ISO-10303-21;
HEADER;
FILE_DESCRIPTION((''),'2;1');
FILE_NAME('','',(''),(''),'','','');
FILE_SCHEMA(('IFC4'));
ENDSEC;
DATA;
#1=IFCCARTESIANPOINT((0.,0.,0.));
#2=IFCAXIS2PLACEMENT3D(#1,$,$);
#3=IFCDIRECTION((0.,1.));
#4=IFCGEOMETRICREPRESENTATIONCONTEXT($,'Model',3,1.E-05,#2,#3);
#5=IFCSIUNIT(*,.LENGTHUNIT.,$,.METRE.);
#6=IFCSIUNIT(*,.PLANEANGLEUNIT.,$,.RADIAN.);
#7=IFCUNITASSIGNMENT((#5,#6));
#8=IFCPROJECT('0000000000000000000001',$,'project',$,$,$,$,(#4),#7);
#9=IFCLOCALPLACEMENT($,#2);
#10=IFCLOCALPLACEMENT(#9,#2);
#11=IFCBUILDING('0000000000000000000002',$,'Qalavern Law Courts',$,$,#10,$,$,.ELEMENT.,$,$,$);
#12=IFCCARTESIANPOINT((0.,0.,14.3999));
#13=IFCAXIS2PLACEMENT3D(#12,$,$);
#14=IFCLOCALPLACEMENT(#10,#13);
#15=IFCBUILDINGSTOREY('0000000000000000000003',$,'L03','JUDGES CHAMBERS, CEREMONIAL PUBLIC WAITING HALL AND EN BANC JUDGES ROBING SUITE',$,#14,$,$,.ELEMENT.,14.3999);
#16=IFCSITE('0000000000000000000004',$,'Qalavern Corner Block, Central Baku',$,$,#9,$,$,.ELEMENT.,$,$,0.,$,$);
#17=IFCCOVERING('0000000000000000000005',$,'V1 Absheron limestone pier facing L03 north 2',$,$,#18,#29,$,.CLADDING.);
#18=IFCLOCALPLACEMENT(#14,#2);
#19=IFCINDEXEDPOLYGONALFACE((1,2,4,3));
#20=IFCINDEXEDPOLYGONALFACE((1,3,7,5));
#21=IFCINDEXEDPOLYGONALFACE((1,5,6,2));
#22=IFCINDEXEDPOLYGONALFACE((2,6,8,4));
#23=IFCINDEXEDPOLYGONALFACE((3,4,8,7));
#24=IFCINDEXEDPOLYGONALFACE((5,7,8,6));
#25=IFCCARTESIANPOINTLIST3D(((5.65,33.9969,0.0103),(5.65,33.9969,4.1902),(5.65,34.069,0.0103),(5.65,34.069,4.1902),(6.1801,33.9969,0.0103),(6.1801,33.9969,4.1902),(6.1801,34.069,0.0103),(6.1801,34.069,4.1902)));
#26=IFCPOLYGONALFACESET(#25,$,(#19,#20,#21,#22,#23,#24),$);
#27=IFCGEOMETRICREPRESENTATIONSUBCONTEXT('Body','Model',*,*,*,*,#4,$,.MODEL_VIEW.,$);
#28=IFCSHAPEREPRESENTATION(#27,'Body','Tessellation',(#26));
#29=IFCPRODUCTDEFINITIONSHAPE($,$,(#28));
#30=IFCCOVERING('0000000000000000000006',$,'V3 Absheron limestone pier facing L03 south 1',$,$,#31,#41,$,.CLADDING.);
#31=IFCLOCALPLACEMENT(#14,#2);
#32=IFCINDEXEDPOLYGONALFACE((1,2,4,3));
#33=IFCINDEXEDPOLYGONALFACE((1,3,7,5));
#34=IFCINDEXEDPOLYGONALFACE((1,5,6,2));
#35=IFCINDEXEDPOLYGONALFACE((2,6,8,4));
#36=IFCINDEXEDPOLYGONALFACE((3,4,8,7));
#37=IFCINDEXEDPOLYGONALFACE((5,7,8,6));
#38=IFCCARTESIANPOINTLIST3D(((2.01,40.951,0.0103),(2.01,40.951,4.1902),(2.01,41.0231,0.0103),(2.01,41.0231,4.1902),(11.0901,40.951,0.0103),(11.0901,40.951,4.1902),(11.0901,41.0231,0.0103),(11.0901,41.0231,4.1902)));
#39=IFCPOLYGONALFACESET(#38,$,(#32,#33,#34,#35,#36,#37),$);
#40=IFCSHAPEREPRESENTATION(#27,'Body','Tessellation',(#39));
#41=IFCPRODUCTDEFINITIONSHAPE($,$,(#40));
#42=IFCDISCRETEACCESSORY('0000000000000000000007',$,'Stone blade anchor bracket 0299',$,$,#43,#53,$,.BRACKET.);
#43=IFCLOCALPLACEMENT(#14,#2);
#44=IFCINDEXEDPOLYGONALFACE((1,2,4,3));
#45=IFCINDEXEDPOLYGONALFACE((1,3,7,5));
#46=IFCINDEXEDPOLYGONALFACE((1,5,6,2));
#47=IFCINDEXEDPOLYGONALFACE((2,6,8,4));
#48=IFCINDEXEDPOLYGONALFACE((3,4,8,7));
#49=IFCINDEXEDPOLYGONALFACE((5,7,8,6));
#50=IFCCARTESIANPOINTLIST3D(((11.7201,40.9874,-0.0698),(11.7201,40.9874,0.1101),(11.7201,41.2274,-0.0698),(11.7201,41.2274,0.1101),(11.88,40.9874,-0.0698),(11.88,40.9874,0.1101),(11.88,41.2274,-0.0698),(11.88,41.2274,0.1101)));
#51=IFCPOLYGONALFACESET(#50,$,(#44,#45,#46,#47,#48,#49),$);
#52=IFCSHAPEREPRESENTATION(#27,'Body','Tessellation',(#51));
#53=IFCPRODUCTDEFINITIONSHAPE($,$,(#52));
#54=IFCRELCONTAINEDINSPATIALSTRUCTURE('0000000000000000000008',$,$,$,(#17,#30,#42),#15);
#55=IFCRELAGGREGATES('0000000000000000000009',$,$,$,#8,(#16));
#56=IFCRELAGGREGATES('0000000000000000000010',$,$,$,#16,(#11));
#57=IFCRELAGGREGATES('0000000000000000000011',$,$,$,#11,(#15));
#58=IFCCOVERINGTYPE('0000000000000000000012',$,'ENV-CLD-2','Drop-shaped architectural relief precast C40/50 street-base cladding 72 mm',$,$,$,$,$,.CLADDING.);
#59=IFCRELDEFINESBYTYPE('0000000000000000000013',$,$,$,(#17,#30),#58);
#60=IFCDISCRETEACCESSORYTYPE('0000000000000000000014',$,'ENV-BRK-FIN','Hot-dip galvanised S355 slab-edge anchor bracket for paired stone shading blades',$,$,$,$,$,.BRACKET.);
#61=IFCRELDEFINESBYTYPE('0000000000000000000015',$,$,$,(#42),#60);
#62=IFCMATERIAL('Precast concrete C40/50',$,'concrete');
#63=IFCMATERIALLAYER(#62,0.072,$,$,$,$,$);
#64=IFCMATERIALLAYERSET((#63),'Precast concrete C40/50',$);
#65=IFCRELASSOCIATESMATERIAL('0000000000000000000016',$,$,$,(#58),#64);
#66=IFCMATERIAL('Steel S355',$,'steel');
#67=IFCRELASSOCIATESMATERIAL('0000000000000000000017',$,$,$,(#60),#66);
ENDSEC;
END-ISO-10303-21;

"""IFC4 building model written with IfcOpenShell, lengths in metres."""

from ifc_helpers import new_model, si_unit, direction, frame, origin, origin_2d, place, context, subcontext, project, spatial, rectangle, extrude, material, layer, layer_set, type_object, element, save


model = new_model("IFC4")

# Units and contexts
model_context = context("Model", 3, precision=1e-05, world=origin(), true_north=direction((0.0, 1.0)))
body_context = subcontext(model_context, "Body", "Model", "MODEL_VIEW")
ifc_project = project(units=[si_unit("LENGTHUNIT", "METRE"), si_unit("PLANEANGLEUNIT", "RADIAN")], contexts=[model_context])

# Site, building, storey
site_placement = place(None, origin())
site = spatial("IfcSite", under=ifc_project, at=site_placement, Name="Qalavern Corner Block, Central Baku", CompositionType="ELEMENT", RefElevation=0.0)
building_placement = place(site_placement, origin())
building = spatial("IfcBuilding", under=site, at=building_placement, Name="Qalavern Law Courts", CompositionType="ELEMENT")
storey_placement = place(building_placement, frame((0.0, 0.0, 14.3999)))
storey = spatial("IfcBuildingStorey", under=building, at=storey_placement, Name="L03", Description="JUDGES CHAMBERS, CEREMONIAL PUBLIC WAITING HALL AND EN BANC JUDGES ROBING SUITE", CompositionType="ELEMENT", Elevation=14.3999)

# Coverings
ifc_material_1 = material(Name="Precast concrete C40/50", Category="concrete")
ifc_layer_1 = layer(ifc_material_1, 0.072)
ifc_layer_set_1 = layer_set([ifc_layer_1], Name="Precast concrete C40/50")
covering_type_1 = type_object("IfcCoveringType", Name="ENV-CLD-2", Description="Drop-shaped architectural relief precast C40/50 street-base cladding 72 mm", PredefinedType="CLADDING", material=ifc_layer_set_1)
covering_1_placement = place(storey_placement, frame((5.915, 34.033, 0.0103), z_axis=(0.0, 0.0, 1.0), x_axis=(-1.0, 0.0, 0.0)))
element("IfcCovering", 1, at=covering_1_placement, inside=storey, type_object=covering_type_1, Name="V1 Absheron limestone pier facing L03 north 2", PredefinedType="CLADDING", context=body_context, shape_type="SweptSolid", body=[
    extrude(rectangle(XDim=0.53, YDim=0.072, at=origin_2d()), origin(), (0.0, 0.0, 1.0), 4.1799),
])
covering_2_placement = place(storey_placement, frame((6.55, 40.9871, 0.0103), z_axis=(0.0, 0.0, 1.0), x_axis=(1.0, 0.0, 0.0)))
element("IfcCovering", 2, at=covering_2_placement, inside=storey, type_object=covering_type_1, Name="V3 Absheron limestone pier facing L03 south 1", PredefinedType="CLADDING", context=body_context, shape_type="SweptSolid", body=[
    extrude(rectangle(XDim=9.0801, YDim=0.072, at=origin_2d()), origin(), (0.0, 0.0, 1.0), 4.1799),
])

# Discrete accessory
ifc_material_2 = material(Name="Steel S355", Category="steel")
discrete_accessory_type = type_object("IfcDiscreteAccessoryType", Name="ENV-BRK-FIN", Description="Hot-dip galvanised S355 slab-edge anchor bracket for paired stone shading blades", PredefinedType="BRACKET", material=ifc_material_2)
discrete_accessory_placement = place(storey_placement, frame((11.8, 41.1074, -0.0698), z_axis=(0.0, 0.0, 1.0), x_axis=(0.0, -1.0, 0.0)))
element("IfcDiscreteAccessory", 3, at=discrete_accessory_placement, inside=storey, type_object=discrete_accessory_type, Name="Stone blade anchor bracket 0299", PredefinedType="BRACKET", context=body_context, shape_type="SweptSolid", body=[
    extrude(rectangle(XDim=0.24, YDim=0.1599, at=origin_2d()), origin(), (0.0, 0.0, 1.0), 0.1799),
])

save(model, "model.ifc")
